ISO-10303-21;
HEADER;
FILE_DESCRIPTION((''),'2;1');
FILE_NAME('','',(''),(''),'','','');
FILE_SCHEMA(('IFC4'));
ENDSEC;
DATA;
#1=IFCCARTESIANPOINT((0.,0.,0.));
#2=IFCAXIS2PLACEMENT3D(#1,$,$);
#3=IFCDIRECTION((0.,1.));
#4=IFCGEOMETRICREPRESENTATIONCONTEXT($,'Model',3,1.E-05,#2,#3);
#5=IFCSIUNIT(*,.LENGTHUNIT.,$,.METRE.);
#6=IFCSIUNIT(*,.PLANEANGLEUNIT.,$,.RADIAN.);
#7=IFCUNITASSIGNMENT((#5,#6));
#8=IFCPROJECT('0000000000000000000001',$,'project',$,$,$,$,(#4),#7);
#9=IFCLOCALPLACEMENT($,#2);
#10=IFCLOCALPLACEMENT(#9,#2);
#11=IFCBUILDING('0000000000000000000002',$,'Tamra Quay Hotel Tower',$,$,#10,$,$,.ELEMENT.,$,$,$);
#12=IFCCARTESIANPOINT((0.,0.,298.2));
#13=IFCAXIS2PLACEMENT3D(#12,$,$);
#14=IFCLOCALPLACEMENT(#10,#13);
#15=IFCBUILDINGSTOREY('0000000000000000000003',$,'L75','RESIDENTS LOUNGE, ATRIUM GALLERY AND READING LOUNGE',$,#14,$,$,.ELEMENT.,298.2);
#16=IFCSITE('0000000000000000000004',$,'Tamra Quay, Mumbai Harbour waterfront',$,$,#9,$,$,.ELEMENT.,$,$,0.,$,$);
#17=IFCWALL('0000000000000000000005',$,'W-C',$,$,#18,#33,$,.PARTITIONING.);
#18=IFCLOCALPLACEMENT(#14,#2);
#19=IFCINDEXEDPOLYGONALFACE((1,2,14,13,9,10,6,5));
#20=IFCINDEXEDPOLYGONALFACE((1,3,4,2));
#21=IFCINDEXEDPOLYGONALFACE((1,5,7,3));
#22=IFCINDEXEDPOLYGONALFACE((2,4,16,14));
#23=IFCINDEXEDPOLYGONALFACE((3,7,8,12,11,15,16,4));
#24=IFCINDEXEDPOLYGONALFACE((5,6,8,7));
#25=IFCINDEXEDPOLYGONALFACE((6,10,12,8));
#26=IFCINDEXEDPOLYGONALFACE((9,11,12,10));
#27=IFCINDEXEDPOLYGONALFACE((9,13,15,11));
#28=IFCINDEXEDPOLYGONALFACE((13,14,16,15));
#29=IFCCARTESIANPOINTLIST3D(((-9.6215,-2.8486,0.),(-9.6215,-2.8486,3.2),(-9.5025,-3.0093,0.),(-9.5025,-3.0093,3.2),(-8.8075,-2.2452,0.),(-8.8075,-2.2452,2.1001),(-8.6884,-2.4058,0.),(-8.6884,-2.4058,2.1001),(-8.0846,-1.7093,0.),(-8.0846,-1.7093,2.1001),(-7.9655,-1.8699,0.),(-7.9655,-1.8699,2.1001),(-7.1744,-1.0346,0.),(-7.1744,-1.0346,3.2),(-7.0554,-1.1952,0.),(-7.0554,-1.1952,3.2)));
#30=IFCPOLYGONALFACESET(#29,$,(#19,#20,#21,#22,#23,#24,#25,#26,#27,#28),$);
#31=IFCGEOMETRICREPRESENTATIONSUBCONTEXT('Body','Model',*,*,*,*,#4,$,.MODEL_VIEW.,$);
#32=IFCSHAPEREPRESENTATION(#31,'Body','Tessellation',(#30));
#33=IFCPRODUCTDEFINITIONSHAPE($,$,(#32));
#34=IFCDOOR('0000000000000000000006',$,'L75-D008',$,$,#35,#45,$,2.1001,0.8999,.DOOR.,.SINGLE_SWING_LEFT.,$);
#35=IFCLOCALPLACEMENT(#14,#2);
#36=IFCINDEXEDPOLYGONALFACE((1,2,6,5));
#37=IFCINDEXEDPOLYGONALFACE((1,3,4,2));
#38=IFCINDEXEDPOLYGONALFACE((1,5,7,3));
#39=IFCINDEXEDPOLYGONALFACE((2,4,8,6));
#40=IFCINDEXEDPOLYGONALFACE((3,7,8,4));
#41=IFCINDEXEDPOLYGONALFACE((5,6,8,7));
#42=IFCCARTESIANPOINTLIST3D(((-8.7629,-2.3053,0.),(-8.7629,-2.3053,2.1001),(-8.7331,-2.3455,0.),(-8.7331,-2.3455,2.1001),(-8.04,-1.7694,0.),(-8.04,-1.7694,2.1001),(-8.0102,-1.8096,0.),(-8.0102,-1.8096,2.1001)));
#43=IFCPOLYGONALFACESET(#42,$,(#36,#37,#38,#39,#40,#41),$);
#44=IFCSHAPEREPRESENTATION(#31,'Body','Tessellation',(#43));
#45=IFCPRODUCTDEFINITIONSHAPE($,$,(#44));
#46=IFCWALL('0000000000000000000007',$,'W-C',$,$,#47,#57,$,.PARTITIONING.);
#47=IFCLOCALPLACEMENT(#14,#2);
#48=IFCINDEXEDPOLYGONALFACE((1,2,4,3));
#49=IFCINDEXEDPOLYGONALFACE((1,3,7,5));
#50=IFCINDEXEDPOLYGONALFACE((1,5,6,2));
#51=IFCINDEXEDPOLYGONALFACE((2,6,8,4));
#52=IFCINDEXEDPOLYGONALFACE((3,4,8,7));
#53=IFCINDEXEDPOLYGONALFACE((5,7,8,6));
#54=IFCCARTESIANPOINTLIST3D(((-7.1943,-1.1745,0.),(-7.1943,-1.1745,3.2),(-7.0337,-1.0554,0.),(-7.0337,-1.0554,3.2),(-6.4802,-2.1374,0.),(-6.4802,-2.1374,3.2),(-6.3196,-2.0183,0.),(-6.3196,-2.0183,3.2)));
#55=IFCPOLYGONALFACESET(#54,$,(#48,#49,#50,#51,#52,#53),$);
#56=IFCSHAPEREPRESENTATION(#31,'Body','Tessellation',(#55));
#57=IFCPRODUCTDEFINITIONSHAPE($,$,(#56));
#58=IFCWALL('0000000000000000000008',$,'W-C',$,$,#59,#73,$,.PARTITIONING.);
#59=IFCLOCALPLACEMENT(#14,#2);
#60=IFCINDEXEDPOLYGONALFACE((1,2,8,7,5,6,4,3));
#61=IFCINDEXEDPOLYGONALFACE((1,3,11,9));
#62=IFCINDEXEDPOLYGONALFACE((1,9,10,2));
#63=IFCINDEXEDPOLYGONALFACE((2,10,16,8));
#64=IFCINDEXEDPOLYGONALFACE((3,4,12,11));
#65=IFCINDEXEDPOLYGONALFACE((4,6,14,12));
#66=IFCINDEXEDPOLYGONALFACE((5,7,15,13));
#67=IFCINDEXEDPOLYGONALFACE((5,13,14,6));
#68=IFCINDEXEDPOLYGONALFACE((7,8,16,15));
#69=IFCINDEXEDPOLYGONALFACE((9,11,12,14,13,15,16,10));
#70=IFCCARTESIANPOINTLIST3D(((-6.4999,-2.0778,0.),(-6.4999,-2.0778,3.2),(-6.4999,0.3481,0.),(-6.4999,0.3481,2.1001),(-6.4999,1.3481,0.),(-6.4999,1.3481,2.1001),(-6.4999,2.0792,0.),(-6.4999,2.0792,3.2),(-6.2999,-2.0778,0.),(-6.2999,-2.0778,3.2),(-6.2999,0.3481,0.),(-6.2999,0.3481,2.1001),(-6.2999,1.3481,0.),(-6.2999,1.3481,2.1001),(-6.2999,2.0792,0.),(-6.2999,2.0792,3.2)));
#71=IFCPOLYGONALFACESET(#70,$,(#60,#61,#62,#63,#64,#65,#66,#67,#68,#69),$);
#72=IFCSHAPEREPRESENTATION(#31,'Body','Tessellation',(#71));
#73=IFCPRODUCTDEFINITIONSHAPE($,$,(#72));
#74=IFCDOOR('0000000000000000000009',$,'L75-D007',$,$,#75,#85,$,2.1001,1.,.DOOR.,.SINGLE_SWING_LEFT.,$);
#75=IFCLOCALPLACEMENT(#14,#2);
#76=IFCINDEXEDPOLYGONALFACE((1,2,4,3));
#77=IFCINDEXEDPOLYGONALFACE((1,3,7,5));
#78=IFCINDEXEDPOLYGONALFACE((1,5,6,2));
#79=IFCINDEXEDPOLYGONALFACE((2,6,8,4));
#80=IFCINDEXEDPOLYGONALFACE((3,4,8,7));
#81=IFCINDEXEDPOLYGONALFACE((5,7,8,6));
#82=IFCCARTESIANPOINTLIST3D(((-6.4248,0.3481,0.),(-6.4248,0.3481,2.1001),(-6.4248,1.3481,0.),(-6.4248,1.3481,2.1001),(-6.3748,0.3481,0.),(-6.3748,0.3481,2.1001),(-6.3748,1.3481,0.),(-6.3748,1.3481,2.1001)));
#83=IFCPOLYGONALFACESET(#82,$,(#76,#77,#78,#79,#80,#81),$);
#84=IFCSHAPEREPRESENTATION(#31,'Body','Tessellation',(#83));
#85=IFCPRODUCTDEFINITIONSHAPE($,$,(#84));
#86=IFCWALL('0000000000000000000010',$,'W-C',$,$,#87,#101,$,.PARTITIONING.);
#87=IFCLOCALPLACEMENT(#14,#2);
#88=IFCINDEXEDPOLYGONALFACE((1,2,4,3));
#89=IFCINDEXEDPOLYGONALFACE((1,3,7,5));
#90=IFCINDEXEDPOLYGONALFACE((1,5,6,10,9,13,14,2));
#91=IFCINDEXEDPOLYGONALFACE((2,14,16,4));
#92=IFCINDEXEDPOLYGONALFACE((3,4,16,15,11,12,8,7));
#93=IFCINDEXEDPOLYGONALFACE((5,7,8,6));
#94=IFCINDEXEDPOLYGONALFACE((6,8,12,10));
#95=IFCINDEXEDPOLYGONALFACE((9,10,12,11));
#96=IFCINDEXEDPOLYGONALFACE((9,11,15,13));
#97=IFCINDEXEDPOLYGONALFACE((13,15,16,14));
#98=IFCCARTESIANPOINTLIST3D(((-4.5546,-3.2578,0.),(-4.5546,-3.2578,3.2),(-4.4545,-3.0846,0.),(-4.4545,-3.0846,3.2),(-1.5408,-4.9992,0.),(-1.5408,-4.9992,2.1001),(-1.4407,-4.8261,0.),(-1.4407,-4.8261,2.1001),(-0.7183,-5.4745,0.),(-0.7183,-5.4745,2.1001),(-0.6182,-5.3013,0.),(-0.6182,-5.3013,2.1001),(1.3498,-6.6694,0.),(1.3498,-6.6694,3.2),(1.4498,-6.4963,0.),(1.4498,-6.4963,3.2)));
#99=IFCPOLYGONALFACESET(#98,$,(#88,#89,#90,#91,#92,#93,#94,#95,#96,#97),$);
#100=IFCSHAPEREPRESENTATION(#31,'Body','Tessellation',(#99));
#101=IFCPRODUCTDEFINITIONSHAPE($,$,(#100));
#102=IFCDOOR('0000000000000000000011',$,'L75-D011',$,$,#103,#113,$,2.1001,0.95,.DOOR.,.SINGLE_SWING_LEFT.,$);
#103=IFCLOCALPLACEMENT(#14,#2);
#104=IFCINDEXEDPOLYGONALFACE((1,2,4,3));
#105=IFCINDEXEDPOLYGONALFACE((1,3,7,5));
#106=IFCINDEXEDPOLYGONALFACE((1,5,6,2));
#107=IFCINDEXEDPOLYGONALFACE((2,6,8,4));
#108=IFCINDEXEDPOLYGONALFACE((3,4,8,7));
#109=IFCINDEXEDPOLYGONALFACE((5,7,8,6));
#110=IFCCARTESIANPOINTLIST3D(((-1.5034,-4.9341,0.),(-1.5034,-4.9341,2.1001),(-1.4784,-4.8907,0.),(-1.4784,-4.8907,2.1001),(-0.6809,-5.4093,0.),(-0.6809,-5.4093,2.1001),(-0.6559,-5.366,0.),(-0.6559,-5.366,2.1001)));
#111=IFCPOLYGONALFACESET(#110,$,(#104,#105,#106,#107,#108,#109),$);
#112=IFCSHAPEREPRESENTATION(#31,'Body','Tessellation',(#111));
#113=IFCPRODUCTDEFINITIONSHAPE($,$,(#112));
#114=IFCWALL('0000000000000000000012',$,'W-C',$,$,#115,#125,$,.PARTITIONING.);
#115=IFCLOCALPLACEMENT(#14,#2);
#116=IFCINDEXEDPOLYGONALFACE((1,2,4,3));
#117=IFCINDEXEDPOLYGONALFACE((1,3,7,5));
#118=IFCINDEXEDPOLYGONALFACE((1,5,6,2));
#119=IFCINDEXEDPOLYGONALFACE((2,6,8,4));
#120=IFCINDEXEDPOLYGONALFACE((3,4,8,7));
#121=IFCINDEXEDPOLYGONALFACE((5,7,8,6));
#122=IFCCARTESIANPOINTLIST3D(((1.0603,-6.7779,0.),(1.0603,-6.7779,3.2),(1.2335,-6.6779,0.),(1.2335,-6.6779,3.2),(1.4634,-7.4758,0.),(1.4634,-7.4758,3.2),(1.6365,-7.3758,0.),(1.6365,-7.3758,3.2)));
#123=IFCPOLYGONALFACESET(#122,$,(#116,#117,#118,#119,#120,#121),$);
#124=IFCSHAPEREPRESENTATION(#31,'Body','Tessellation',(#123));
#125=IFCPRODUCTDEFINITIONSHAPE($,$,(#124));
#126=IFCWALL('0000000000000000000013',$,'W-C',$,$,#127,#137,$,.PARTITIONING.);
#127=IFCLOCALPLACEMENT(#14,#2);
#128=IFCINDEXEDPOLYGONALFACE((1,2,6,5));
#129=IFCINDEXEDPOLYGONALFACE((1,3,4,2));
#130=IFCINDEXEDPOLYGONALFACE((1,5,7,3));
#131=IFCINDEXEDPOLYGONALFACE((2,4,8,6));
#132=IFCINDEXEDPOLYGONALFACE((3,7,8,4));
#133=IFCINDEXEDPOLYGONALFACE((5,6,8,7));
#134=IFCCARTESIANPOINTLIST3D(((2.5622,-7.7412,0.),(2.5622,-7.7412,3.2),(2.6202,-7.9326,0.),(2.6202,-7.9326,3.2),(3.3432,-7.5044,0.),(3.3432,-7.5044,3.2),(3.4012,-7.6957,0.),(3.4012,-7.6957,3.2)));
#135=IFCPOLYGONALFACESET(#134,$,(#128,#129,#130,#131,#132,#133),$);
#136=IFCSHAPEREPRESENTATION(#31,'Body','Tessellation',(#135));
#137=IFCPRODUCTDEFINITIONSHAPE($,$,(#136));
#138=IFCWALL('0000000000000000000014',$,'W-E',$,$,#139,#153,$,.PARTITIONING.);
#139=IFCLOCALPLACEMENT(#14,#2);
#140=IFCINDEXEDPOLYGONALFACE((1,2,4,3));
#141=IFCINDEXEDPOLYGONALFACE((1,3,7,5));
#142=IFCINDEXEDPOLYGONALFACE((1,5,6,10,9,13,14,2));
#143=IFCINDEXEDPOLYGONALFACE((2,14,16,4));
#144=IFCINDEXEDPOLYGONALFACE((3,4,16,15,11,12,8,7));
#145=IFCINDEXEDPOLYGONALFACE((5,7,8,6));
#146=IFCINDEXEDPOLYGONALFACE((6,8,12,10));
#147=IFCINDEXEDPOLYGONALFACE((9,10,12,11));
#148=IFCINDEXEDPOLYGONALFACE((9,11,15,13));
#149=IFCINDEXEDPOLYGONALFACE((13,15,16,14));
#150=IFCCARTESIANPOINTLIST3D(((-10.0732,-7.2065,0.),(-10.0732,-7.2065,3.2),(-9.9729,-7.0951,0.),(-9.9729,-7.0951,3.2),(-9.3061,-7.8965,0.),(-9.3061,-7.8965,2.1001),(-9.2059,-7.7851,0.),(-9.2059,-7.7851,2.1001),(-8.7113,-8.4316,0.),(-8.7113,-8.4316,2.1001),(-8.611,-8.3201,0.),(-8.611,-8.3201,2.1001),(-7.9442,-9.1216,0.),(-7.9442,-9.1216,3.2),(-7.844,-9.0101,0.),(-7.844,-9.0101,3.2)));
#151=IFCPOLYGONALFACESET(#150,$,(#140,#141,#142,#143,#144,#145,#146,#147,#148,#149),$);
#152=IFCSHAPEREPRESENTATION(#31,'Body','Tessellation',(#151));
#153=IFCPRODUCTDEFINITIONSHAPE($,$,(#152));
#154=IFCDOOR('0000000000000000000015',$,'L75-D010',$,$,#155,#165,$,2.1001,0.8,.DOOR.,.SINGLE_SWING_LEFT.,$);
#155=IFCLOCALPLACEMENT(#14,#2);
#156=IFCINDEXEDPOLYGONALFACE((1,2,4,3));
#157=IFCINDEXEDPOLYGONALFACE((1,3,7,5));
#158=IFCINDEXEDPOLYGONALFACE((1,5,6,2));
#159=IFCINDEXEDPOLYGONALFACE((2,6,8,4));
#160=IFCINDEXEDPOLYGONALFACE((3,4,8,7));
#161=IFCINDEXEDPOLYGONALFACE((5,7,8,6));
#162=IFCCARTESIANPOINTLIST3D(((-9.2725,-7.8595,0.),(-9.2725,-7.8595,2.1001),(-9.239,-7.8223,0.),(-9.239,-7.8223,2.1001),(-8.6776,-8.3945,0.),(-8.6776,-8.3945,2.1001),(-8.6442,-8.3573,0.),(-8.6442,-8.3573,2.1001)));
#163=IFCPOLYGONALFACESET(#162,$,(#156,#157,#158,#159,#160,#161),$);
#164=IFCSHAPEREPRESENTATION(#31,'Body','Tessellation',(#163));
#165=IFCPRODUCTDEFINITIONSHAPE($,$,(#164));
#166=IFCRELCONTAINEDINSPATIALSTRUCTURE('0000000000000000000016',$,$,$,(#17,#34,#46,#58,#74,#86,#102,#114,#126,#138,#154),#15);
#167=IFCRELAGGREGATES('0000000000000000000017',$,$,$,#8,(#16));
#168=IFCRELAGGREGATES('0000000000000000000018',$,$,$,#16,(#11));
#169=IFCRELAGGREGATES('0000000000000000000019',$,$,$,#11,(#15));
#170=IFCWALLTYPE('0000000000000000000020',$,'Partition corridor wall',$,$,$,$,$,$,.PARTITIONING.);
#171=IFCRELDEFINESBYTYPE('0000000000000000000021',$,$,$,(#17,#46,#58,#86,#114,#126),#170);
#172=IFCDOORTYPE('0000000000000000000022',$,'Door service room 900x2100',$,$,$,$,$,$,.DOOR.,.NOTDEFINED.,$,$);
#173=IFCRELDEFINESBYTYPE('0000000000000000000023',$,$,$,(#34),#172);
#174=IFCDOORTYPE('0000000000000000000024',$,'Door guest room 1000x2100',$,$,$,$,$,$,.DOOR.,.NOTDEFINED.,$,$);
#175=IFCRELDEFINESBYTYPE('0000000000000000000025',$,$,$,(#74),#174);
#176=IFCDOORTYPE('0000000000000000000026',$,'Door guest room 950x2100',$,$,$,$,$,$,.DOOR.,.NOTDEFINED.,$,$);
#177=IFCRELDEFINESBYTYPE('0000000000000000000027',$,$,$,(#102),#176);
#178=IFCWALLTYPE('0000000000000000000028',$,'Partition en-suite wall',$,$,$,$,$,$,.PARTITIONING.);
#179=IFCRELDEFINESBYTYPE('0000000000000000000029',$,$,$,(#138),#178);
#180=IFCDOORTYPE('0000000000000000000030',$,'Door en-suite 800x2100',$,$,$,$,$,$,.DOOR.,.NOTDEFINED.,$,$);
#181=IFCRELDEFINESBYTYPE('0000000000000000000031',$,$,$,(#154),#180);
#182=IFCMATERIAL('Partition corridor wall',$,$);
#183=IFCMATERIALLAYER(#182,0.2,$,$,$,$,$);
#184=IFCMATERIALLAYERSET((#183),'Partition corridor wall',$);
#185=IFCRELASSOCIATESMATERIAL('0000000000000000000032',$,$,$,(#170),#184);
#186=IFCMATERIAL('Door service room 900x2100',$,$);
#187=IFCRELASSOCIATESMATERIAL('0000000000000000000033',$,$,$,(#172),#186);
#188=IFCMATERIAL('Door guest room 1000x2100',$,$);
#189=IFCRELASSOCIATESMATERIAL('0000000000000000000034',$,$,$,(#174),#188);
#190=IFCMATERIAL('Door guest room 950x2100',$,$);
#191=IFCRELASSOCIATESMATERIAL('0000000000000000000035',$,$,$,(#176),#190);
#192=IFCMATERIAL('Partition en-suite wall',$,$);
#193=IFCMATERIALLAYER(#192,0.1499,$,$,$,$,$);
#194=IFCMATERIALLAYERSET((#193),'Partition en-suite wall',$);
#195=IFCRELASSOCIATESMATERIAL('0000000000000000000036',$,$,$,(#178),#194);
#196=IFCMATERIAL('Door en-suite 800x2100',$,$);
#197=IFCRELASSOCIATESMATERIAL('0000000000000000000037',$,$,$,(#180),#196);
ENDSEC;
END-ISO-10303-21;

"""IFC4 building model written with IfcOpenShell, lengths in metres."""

from ifc_helpers import new_model, si_unit, direction, frame, frame_2d, origin, place, context, subcontext, project, spatial, rectangle, extrude, material, layer, layer_set, type_object, element, fill, save


model = new_model("IFC4")

# Units and contexts
model_context = context("Model", 3, precision=1e-05, world=origin(), true_north=direction((0.0, 1.0)))
body_context = subcontext(model_context, "Body", "Model", "MODEL_VIEW")
ifc_project = project(units=[si_unit("LENGTHUNIT", "METRE"), si_unit("PLANEANGLEUNIT", "RADIAN")], contexts=[model_context])

# Site, building, storey
site_placement = place(None, origin())
site = spatial("IfcSite", under=ifc_project, at=site_placement, Name="Tamra Quay, Mumbai Harbour waterfront", CompositionType="ELEMENT", RefElevation=0.0)
building_placement = place(site_placement, origin())
building = spatial("IfcBuilding", under=site, at=building_placement, Name="Tamra Quay Hotel Tower", CompositionType="ELEMENT")
storey_placement = place(building_placement, frame((0.0, 0.0, 298.2)))
storey = spatial("IfcBuildingStorey", under=building, at=storey_placement, Name="L75", Description="RESIDENTS LOUNGE, ATRIUM GALLERY AND READING LOUNGE", CompositionType="ELEMENT", Elevation=298.2)

# Shared definitions
ifc_material_1 = material(Name="Partition corridor wall")
ifc_layer_1 = layer(ifc_material_1, 0.2)
ifc_layer_set_1 = layer_set([ifc_layer_1], Name="Partition corridor wall")
wall_type_1 = type_object("IfcWallType", Name="Partition corridor wall", PredefinedType="PARTITIONING", material=ifc_layer_set_1)

# Wall, opening, door
wall_1_placement = place(storey_placement, frame((-7.115, -1.115, 0.0), z_axis=(0.0, 0.0, 1.0), x_axis=(-0.803344, -0.595515, 0.0)))
wall_1 = element("IfcWall", 1, at=wall_1_placement, inside=storey, type_object=wall_type_1, Name="W-C", PredefinedType="PARTITIONING", context=body_context, shape_type="SweptSolid", body=[
    extrude(rectangle(XDim=3.0461, YDim=0.2, at=frame_2d((1.5229, 0.0))), origin(), (0.0, 0.0, 1.0), 3.2),
])
opening_1_placement = place(wall_1_placement, frame((1.1328, 0.0, 0.0)))
opening_1 = element("IfcOpeningElement", 2, at=opening_1_placement, cuts=wall_1, PredefinedType="OPENING", context=body_context, shape_type="SweptSolid", body=[
    extrude(rectangle(XDim=0.8999, YDim=2.1001, at=frame_2d((0.45, 1.05))), frame((0.0, 0.1099, 0.0), z_axis=(0.0, -1.0, 0.0), x_axis=(1.0, 0.0, 0.0)), (0.0, 0.0, 1.0), 0.22),
])
ifc_material_2 = material(Name="Door service room 900x2100")
door_type_1 = type_object("IfcDoorType", Name="Door service room 900x2100", OperationType="NOTDEFINED", PredefinedType="DOOR", material=ifc_material_2)
door_1_placement = place(opening_1_placement, origin())
door_1 = element("IfcDoor", 3, at=door_1_placement, inside=storey, type_object=door_type_1, Name="L75-D008", OperationType="SINGLE_SWING_LEFT", OverallHeight=2.1001, OverallWidth=0.8999, PredefinedType="DOOR", context=body_context, shape_type="SweptSolid", body=[
    extrude(rectangle(XDim=0.8999, YDim=2.1001, at=frame_2d((0.45, 1.05))), frame((0.0, 0.0249, 0.0), z_axis=(0.0, -1.0, 0.0), x_axis=(1.0, 0.0, 0.0)), (0.0, 0.0, 1.0), 0.05),
])
fill(opening_1, door_1)

# Wall
wall_2_placement = place(storey_placement, frame((-7.114, -1.115, 0.0), z_axis=(0.0, 0.0, 1.0), x_axis=(0.59569, -0.803214, 0.0)))
element("IfcWall", 4, at=wall_2_placement, inside=storey, type_object=wall_type_1, Name="W-C", PredefinedType="PARTITIONING", context=body_context, shape_type="SweptSolid", body=[
    extrude(rectangle(XDim=1.1987, YDim=0.2, at=frame_2d((0.5994, 0.0))), origin(), (0.0, 0.0, 1.0), 3.2),
])

# Walls, openings, doors
wall_3_placement = place(storey_placement, frame((-6.3999, -2.0779, 0.0), z_axis=(0.0, 0.0, 1.0), x_axis=(0.0, 1.0, 0.0)))
wall_3 = element("IfcWall", 5, at=wall_3_placement, inside=storey, type_object=wall_type_1, Name="W-C", PredefinedType="PARTITIONING", context=body_context, shape_type="SweptSolid", body=[
    extrude(rectangle(XDim=4.157, YDim=0.2, at=frame_2d((2.0786, 0.0))), origin(), (0.0, 0.0, 1.0), 3.2),
])
opening_2_placement = place(wall_3_placement, frame((2.426, 0.0, 0.0)))
opening_2 = element("IfcOpeningElement", 6, at=opening_2_placement, cuts=wall_3, PredefinedType="OPENING", context=body_context, shape_type="SweptSolid", body=[
    extrude(rectangle(XDim=1.0, YDim=2.1001, at=frame_2d((0.5, 1.05))), frame((0.0, 0.1099, 0.0), z_axis=(0.0, -1.0, 0.0), x_axis=(1.0, 0.0, 0.0)), (0.0, 0.0, 1.0), 0.22),
])
ifc_material_3 = material(Name="Door guest room 1000x2100")
door_type_2 = type_object("IfcDoorType", Name="Door guest room 1000x2100", OperationType="NOTDEFINED", PredefinedType="DOOR", material=ifc_material_3)
door_2_placement = place(opening_2_placement, origin())
door_2 = element("IfcDoor", 7, at=door_2_placement, inside=storey, type_object=door_type_2, Name="L75-D007", OperationType="SINGLE_SWING_LEFT", OverallHeight=2.1001, OverallWidth=1.0, PredefinedType="DOOR", context=body_context, shape_type="SweptSolid", body=[
    extrude(rectangle(XDim=1.0, YDim=2.1001, at=frame_2d((0.5, 1.05))), frame((0.0, 0.0249, 0.0), z_axis=(0.0, -1.0, 0.0), x_axis=(1.0, 0.0, 0.0)), (0.0, 0.0, 1.0), 0.05),
])
fill(opening_2, door_2)
wall_4_placement = place(storey_placement, frame((-4.5046, -3.1711, 0.0), z_axis=(0.0, 0.0, 1.0), x_axis=(0.865849, -0.500305, 0.0)))
wall_4 = element("IfcWall", 8, at=wall_4_placement, inside=storey, type_object=wall_type_1, Name="W-C", PredefinedType="PARTITIONING", context=body_context, shape_type="SweptSolid", body=[
    extrude(rectangle(XDim=6.8191, YDim=0.2, at=frame_2d((3.4097, 0.0))), origin(), (0.0, 0.0, 1.0), 3.2),
])
opening_3_placement = place(wall_4_placement, frame((3.4807, 0.0, 0.0)))
opening_3 = element("IfcOpeningElement", 9, at=opening_3_placement, cuts=wall_4, PredefinedType="OPENING", context=body_context, shape_type="SweptSolid", body=[
    extrude(rectangle(XDim=0.95, YDim=2.1001, at=frame_2d((0.4751, 1.05))), frame((0.0, 0.1099, 0.0), z_axis=(0.0, -1.0, 0.0), x_axis=(1.0, 0.0, 0.0)), (0.0, 0.0, 1.0), 0.22),
])
ifc_material_4 = material(Name="Door guest room 950x2100")
door_type_3 = type_object("IfcDoorType", Name="Door guest room 950x2100", OperationType="NOTDEFINED", PredefinedType="DOOR", material=ifc_material_4)
door_3_placement = place(opening_3_placement, frame((0.95, 0.0, 0.0), z_axis=(0.0, 0.0, 1.0), x_axis=(-1.0, 0.0, 0.0)))
door_3 = element("IfcDoor", 10, at=door_3_placement, inside=storey, type_object=door_type_3, Name="L75-D011", OperationType="SINGLE_SWING_LEFT", OverallHeight=2.1001, OverallWidth=0.95, PredefinedType="DOOR", context=body_context, shape_type="SweptSolid", body=[
    extrude(rectangle(XDim=0.95, YDim=2.1001, at=frame_2d((0.4751, 1.05))), frame((0.0, 0.0249, 0.0), z_axis=(0.0, -1.0, 0.0), x_axis=(1.0, 0.0, 0.0)), (0.0, 0.0, 1.0), 0.05),
])
fill(opening_3, door_3)

# Walls
wall_5_placement = place(storey_placement, frame((1.147, -6.728, 0.0), z_axis=(0.0, 0.0, 1.0), x_axis=(0.500081, -0.865979, 0.0)))
element("IfcWall", 11, at=wall_5_placement, inside=storey, type_object=wall_type_1, Name="W-C", PredefinedType="PARTITIONING", context=body_context, shape_type="SweptSolid", body=[
    extrude(rectangle(XDim=0.8059, YDim=0.2, at=frame_2d((0.4028, 0.0))), origin(), (0.0, 0.0, 1.0), 3.2),
])
wall_6_placement = place(storey_placement, frame((2.5911, -7.8369, 0.0), z_axis=(0.0, 0.0, 1.0), x_axis=(0.956974, 0.290173, 0.0)))
element("IfcWall", 12, at=wall_6_placement, inside=storey, type_object=wall_type_1, Name="W-C", PredefinedType="PARTITIONING", context=body_context, shape_type="SweptSolid", body=[
    extrude(rectangle(XDim=0.8162, YDim=0.2, at=frame_2d((0.4082, 0.0))), origin(), (0.0, 0.0, 1.0), 3.2),
])

# Wall, opening, door
ifc_material_5 = material(Name="Partition en-suite wall")
ifc_layer_2 = layer(ifc_material_5, 0.1499)
ifc_layer_set_2 = layer_set([ifc_layer_2], Name="Partition en-suite wall")
wall_type_2 = type_object("IfcWallType", Name="Partition en-suite wall", PredefinedType="PARTITIONING", material=ifc_layer_set_2)
wall_7_placement = place(storey_placement, frame((-10.0229, -7.1509, 0.0), z_axis=(0.0, 0.0, 1.0), x_axis=(0.743464, -0.668776, 0.0)))
wall_7 = element("IfcWall", 13, at=wall_7_placement, inside=storey, type_object=wall_type_2, Name="W-E", PredefinedType="PARTITIONING", context=body_context, shape_type="SweptSolid", body=[
    extrude(rectangle(XDim=2.8635, YDim=0.1499, at=frame_2d((1.4316, 0.0))), origin(), (0.0, 0.0, 1.0), 3.2),
])
opening_4_placement = place(wall_7_placement, frame((1.0317, 0.0, 0.0)))
opening_4 = element("IfcOpeningElement", 14, at=opening_4_placement, cuts=wall_7, PredefinedType="OPENING", context=body_context, shape_type="SweptSolid", body=[
    extrude(rectangle(XDim=0.8, YDim=2.1001, at=frame_2d((0.3999, 1.05))), frame((0.0, 0.085, 0.0), z_axis=(0.0, -1.0, 0.0), x_axis=(1.0, 0.0, 0.0)), (0.0, 0.0, 1.0), 0.1699),
])
ifc_material_6 = material(Name="Door en-suite 800x2100")
door_type_4 = type_object("IfcDoorType", Name="Door en-suite 800x2100", OperationType="NOTDEFINED", PredefinedType="DOOR", material=ifc_material_6)
door_4_placement = place(opening_4_placement, frame((0.8, 0.0, 0.0), z_axis=(0.0, 0.0, 1.0), x_axis=(-1.0, 0.0, 0.0)))
door_4 = element("IfcDoor", 15, at=door_4_placement, inside=storey, type_object=door_type_4, Name="L75-D010", OperationType="SINGLE_SWING_LEFT", OverallHeight=2.1001, OverallWidth=0.8, PredefinedType="DOOR", context=body_context, shape_type="SweptSolid", body=[
    extrude(rectangle(XDim=0.8, YDim=2.1001, at=frame_2d((0.3999, 1.05))), frame((0.0, 0.0249, 0.0), z_axis=(0.0, -1.0, 0.0), x_axis=(1.0, 0.0, 0.0)), (0.0, 0.0, 1.0), 0.05),
])
fill(opening_4, door_4)

save(model, "model.ifc")
